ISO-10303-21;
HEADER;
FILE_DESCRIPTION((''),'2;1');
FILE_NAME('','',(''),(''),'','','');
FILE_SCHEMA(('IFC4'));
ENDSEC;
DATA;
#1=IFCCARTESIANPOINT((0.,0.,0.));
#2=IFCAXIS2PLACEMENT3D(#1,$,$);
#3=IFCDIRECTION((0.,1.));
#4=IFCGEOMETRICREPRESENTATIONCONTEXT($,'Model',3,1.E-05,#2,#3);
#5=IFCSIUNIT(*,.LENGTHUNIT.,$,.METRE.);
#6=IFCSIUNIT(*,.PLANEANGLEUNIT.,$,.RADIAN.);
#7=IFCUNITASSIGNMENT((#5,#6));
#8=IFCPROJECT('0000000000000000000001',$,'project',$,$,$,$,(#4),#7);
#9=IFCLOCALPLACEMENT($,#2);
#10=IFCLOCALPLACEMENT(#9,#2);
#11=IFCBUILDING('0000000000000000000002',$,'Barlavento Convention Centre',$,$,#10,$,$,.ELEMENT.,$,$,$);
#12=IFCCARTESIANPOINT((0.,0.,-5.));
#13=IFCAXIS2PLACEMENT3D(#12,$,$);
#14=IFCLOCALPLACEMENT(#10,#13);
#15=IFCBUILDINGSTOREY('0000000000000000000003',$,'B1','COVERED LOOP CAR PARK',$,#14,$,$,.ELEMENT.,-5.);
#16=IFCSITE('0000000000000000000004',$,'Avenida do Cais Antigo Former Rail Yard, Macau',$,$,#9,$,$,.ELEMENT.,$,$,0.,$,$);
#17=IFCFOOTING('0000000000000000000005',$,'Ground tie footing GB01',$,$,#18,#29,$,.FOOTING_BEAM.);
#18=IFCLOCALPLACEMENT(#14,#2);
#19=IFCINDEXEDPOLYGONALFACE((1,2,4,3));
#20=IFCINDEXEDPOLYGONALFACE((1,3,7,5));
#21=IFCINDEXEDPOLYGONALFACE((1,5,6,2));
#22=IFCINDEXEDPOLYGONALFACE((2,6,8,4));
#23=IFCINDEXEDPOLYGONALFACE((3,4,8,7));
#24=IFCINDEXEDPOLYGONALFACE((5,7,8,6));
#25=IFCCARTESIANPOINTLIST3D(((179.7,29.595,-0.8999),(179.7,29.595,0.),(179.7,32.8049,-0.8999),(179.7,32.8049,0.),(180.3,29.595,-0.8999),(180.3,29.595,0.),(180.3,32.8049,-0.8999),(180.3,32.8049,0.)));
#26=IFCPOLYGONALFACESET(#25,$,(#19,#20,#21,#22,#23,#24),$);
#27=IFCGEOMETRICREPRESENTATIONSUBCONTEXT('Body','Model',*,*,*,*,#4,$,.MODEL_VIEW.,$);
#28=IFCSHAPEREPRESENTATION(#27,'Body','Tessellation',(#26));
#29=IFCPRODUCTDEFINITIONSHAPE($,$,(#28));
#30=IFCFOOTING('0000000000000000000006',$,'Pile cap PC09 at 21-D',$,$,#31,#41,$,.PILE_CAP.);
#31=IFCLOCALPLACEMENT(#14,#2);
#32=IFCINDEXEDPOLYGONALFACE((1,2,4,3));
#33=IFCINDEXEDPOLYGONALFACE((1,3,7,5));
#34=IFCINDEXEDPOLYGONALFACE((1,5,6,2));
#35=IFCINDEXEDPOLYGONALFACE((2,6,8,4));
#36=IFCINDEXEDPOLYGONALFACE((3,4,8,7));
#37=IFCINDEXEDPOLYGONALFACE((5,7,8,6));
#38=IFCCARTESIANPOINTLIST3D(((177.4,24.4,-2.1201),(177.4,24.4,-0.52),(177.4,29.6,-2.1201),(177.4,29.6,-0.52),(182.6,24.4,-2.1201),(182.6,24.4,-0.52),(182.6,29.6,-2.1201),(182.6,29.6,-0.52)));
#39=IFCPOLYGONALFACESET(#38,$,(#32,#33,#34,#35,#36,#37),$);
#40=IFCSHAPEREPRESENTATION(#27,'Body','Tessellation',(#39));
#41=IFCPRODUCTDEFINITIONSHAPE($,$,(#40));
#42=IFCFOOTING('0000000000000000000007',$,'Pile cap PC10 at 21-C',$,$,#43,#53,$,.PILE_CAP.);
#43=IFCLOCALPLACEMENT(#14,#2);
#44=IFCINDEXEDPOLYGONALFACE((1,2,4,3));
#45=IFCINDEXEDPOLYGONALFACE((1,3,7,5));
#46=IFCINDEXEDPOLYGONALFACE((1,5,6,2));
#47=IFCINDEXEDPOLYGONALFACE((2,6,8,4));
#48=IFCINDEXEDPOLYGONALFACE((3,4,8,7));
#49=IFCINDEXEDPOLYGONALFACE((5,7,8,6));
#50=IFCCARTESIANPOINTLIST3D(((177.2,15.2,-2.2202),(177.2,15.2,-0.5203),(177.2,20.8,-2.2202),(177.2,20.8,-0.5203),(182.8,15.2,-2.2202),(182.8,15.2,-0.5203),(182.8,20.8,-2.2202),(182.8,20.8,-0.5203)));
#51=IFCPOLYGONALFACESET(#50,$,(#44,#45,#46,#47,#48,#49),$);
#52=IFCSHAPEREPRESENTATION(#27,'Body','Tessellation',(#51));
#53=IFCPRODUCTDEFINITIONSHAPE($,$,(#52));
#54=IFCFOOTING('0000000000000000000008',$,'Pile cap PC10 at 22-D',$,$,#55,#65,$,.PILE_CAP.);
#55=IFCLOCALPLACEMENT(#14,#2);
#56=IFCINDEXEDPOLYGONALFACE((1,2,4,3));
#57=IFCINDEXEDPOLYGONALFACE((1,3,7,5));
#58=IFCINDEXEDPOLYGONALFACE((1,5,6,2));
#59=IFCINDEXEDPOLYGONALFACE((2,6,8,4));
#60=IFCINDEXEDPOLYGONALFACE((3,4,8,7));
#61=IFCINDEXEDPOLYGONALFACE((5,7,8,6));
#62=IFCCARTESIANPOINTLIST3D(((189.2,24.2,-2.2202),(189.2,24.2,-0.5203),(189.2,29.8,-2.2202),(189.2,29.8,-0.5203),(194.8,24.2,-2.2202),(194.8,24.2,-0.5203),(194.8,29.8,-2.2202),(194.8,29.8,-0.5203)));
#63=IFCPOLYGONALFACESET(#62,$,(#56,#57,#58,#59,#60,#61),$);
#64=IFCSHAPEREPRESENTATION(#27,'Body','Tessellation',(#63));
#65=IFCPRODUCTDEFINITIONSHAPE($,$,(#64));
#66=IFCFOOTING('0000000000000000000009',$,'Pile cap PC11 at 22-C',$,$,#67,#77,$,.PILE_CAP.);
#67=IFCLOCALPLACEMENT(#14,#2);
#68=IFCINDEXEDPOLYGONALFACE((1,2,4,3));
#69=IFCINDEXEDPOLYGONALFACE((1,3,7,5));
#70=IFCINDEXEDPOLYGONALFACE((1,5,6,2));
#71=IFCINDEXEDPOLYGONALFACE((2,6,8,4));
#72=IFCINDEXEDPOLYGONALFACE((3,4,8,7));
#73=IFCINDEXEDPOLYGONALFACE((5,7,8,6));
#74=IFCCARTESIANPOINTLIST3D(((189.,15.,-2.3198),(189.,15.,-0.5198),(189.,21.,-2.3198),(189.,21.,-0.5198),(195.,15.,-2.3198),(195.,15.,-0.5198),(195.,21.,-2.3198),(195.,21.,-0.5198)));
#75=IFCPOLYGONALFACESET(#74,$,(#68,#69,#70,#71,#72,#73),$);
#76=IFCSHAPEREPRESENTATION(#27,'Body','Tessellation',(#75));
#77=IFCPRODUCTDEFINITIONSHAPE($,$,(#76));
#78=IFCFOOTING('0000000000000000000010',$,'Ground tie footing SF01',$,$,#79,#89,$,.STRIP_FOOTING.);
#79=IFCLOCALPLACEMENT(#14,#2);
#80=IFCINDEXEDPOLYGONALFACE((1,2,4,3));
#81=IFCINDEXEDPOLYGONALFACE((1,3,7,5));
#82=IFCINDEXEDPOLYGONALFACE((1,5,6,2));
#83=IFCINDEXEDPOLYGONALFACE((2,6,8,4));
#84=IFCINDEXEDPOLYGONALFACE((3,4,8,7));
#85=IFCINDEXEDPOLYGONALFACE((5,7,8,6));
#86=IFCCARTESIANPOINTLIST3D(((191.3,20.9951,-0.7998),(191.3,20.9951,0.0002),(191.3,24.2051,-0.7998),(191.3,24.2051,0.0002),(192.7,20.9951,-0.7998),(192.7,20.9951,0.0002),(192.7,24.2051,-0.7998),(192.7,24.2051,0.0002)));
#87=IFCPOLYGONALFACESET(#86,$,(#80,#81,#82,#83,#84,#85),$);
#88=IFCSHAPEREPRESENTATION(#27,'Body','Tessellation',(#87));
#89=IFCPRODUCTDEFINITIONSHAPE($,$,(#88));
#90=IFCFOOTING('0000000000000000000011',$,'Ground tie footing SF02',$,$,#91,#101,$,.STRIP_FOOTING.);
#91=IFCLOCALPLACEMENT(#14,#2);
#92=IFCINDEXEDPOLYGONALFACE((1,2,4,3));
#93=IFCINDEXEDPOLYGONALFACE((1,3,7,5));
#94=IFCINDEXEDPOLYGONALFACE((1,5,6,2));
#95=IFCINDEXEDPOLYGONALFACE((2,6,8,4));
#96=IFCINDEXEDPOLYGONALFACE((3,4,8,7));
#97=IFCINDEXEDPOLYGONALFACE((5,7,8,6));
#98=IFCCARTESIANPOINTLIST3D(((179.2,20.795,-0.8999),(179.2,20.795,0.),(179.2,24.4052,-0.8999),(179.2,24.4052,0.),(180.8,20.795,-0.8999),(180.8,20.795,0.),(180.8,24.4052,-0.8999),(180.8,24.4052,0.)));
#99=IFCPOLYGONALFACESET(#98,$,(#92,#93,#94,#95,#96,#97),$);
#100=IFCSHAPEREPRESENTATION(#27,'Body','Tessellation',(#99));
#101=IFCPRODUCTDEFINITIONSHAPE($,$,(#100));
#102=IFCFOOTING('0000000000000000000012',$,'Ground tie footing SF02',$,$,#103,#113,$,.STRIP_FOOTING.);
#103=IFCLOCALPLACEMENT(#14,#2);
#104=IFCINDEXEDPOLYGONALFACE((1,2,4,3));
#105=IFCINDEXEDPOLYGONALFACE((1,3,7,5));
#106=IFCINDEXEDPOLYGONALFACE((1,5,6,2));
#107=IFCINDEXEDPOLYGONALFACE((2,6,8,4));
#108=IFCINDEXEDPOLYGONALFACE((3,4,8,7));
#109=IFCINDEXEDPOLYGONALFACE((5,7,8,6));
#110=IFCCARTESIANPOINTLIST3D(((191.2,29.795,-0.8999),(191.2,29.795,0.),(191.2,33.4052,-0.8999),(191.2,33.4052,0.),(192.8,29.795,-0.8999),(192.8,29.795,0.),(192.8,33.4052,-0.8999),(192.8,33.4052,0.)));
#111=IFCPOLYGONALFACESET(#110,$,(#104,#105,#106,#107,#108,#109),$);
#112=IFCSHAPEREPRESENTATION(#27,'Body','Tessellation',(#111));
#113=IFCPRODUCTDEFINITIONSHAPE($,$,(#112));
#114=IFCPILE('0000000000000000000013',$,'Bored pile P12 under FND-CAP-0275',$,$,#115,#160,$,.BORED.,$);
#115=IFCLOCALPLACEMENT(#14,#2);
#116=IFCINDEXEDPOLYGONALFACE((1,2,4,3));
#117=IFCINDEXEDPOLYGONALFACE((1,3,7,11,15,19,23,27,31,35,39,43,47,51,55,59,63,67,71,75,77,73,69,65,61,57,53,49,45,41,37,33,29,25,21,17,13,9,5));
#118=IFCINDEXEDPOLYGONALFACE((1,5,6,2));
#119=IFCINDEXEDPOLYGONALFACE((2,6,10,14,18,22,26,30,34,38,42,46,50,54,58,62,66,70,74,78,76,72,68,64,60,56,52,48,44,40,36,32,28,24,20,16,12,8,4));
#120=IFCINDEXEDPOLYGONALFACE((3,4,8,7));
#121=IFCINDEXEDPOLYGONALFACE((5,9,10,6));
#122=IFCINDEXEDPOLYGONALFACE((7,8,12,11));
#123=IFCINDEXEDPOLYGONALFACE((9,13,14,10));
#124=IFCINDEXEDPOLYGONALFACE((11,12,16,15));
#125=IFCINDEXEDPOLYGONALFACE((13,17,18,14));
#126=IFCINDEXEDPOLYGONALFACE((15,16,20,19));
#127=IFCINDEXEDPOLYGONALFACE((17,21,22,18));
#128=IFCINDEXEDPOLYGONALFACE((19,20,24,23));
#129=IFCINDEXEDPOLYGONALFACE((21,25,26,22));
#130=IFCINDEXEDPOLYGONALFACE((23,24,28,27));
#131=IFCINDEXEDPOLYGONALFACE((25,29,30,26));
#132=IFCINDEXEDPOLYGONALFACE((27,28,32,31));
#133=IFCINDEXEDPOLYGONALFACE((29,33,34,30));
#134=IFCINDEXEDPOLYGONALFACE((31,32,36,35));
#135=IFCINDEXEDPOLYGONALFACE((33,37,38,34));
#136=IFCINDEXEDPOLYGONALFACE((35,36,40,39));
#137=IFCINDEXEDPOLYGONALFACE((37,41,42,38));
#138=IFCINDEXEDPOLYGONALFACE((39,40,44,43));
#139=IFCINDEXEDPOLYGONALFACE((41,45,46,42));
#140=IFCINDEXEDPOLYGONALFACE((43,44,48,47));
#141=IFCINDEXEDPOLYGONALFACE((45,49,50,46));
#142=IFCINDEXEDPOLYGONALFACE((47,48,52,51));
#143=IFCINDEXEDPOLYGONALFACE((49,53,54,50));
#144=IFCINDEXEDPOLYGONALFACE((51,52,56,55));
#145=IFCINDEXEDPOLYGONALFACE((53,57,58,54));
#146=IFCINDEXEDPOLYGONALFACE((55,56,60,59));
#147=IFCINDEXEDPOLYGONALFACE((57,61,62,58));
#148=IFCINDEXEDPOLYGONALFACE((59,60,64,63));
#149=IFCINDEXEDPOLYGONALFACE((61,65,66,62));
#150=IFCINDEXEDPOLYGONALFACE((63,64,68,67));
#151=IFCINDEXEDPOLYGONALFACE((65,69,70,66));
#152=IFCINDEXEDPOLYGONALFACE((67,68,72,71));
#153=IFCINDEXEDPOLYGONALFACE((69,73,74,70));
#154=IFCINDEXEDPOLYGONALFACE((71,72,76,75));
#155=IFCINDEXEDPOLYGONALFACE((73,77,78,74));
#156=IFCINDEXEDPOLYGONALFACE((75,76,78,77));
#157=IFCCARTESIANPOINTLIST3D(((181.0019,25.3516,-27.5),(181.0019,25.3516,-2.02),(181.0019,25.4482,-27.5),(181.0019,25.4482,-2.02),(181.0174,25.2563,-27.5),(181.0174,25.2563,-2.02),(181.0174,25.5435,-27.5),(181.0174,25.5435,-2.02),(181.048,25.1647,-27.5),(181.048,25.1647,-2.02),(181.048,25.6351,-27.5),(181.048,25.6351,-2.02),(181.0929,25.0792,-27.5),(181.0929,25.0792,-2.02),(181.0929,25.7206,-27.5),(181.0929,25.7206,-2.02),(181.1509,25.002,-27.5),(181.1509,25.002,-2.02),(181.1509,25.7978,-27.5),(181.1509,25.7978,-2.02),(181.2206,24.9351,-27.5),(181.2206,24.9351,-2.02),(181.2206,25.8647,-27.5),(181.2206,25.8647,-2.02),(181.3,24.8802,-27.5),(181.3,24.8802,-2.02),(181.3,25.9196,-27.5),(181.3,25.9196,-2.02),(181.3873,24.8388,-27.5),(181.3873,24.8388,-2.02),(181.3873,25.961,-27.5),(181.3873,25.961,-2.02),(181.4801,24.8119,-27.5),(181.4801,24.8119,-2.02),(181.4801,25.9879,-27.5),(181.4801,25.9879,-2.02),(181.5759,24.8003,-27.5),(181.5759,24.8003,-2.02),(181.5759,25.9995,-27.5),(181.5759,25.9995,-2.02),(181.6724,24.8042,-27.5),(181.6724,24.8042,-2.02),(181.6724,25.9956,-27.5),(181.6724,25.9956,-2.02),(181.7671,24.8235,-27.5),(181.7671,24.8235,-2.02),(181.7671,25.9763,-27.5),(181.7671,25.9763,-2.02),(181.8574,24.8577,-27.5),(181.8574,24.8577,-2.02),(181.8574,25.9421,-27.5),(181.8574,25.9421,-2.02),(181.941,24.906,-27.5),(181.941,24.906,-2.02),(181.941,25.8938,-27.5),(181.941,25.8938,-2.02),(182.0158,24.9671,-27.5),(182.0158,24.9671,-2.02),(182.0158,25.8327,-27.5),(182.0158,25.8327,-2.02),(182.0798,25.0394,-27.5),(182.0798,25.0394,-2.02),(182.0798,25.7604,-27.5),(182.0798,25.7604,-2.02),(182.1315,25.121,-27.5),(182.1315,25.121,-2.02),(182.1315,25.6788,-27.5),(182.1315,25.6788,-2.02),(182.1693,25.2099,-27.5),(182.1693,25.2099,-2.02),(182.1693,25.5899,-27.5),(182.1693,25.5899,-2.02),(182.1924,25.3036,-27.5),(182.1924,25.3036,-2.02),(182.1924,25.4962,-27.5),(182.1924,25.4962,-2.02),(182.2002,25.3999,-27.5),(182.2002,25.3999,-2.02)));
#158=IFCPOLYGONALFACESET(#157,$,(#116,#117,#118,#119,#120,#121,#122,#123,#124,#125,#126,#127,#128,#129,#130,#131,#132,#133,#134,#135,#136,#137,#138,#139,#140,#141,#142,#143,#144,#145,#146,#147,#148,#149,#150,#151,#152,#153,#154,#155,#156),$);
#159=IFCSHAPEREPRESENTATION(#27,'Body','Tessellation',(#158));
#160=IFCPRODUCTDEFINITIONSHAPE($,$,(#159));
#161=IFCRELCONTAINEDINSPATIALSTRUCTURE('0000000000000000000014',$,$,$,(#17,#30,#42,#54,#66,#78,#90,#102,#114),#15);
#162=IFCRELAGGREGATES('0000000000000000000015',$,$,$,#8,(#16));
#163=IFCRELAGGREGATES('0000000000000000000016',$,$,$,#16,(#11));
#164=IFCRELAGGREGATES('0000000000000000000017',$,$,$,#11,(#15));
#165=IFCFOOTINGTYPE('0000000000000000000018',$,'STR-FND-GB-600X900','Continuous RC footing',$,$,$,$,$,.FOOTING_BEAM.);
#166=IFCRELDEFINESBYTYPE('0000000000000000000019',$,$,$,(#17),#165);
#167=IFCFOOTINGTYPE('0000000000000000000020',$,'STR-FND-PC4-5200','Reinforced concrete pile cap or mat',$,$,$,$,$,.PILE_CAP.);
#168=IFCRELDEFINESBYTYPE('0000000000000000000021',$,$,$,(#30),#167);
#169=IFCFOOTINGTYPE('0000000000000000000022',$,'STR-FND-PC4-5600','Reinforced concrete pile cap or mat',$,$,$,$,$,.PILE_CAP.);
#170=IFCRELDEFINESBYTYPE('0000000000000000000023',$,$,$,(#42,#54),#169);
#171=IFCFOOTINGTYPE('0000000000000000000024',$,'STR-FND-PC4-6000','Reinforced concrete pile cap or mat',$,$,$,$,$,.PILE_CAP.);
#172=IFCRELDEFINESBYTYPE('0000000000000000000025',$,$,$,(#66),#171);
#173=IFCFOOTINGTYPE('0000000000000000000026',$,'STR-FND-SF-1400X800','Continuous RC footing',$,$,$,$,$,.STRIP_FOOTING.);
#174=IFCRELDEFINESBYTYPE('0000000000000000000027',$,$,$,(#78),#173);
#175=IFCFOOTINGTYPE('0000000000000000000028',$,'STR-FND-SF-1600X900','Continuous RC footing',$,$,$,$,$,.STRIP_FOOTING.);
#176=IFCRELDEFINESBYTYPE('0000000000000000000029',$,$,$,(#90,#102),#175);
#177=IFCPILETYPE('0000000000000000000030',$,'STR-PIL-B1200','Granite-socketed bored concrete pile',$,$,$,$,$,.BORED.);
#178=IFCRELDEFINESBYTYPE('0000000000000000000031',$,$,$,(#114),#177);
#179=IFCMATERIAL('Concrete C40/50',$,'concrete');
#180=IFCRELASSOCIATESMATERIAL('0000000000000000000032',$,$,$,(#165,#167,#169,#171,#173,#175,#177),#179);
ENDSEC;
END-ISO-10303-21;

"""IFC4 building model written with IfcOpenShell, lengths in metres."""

from ifc_helpers import new_model, si_unit, direction, frame, origin, origin_2d, place, context, subcontext, project, spatial, rectangle, circle, extrude, material, material_profile, profile_set, type_object, element, save


model = new_model("IFC4")

# Units and contexts
model_context = context("Model", 3, precision=1e-05, world=origin(), true_north=direction((0.0, 1.0)))
body_context = subcontext(model_context, "Body", "Model", "MODEL_VIEW")
ifc_project = project(units=[si_unit("LENGTHUNIT", "METRE"), si_unit("PLANEANGLEUNIT", "RADIAN")], contexts=[model_context])

# Site, building, storey
site_placement = place(None, origin())
site = spatial("IfcSite", under=ifc_project, at=site_placement, Name="Avenida do Cais Antigo Former Rail Yard, Macau", CompositionType="ELEMENT", RefElevation=0.0)
building_placement = place(site_placement, origin())
building = spatial("IfcBuilding", under=site, at=building_placement, Name="Barlavento Convention Centre", CompositionType="ELEMENT")
storey_placement = place(building_placement, frame((0.0, 0.0, -5.0)))
storey = spatial("IfcBuildingStorey", under=building, at=storey_placement, Name="B1", Description="COVERED LOOP CAR PARK", CompositionType="ELEMENT", Elevation=-5.0)

# Footings
ifc_material_1 = material(Name="Concrete C40/50", Category="concrete")
footing_type_1 = type_object("IfcFootingType", Name="STR-FND-GB-600X900", Description="Continuous RC footing", PredefinedType="FOOTING_BEAM", material=ifc_material_1)
footing_1_placement = place(storey_placement, frame((180.0, 31.2, -0.8999), z_axis=(0.0, 0.0, 1.0), x_axis=(1.0, 0.0, 0.0)))
element("IfcFooting", 1, at=footing_1_placement, inside=storey, type_object=footing_type_1, Name="Ground tie footing GB01", PredefinedType="FOOTING_BEAM", context=body_context, shape_type="SweptSolid", body=[
    extrude(rectangle(XDim=0.6001, YDim=3.21, at=origin_2d()), origin(), (0.0, 0.0, 1.0), 0.8999),
])
footing_type_2 = type_object("IfcFootingType", Name="STR-FND-PC4-5200", Description="Reinforced concrete pile cap or mat", PredefinedType="PILE_CAP", material=ifc_material_1)
footing_2_placement = place(storey_placement, frame((180.0, 27.0, -2.1201), z_axis=(0.0, 0.0, 1.0), x_axis=(1.0, 0.0, 0.0)))
element("IfcFooting", 2, at=footing_2_placement, inside=storey, type_object=footing_type_2, Name="Pile cap PC09 at 21-D", PredefinedType="PILE_CAP", context=body_context, shape_type="SweptSolid", body=[
    extrude(rectangle(XDim=5.2, YDim=5.2, at=origin_2d()), origin(), (0.0, 0.0, 1.0), 1.6001),
])
footing_type_3 = type_object("IfcFootingType", Name="STR-FND-PC4-5600", Description="Reinforced concrete pile cap or mat", PredefinedType="PILE_CAP", material=ifc_material_1)
for number, where, z_axis, x_axis, name in (
    (3, (180.0, 18.0, -2.2202), (0.0, 0.0, 1.0), (1.0, 0.0, 0.0), "Pile cap PC10 at 21-C"),
    (4, (192.0, 27.0, -2.2202), (0.0, 0.0, 1.0), (1.0, 0.0, 0.0), "Pile cap PC10 at 22-D"),
):
    element("IfcFooting", number, at=place(storey_placement, frame(where, z_axis=z_axis, x_axis=x_axis)), inside=storey, type_object=footing_type_3, Name=name, PredefinedType="PILE_CAP", context=body_context, shape_type="SweptSolid", body=[
        extrude(rectangle(XDim=5.6001, YDim=5.6001, at=origin_2d()), origin(), (0.0, 0.0, 1.0), 1.7),
    ])
footing_type_4 = type_object("IfcFootingType", Name="STR-FND-PC4-6000", Description="Reinforced concrete pile cap or mat", PredefinedType="PILE_CAP", material=ifc_material_1)
footing_3_placement = place(storey_placement, frame((192.0, 18.0, -2.3198), z_axis=(0.0, 0.0, 1.0), x_axis=(1.0, 0.0, 0.0)))
element("IfcFooting", 5, at=footing_3_placement, inside=storey, type_object=footing_type_4, Name="Pile cap PC11 at 22-C", PredefinedType="PILE_CAP", context=body_context, shape_type="SweptSolid", body=[
    extrude(rectangle(XDim=6.0, YDim=6.0, at=origin_2d()), origin(), (0.0, 0.0, 1.0), 1.8),
])
footing_type_5 = type_object("IfcFootingType", Name="STR-FND-SF-1400X800", Description="Continuous RC footing", PredefinedType="STRIP_FOOTING", material=ifc_material_1)
footing_4_placement = place(storey_placement, frame((192.0, 22.6001, -0.7998), z_axis=(0.0, 0.0, 1.0), x_axis=(1.0, 0.0, 0.0)))
element("IfcFooting", 6, at=footing_4_placement, inside=storey, type_object=footing_type_5, Name="Ground tie footing SF01", PredefinedType="STRIP_FOOTING", context=body_context, shape_type="SweptSolid", body=[
    extrude(rectangle(XDim=1.3999, YDim=3.21, at=origin_2d()), origin(), (0.0, 0.0, 1.0), 0.8),
])
footing_type_6 = type_object("IfcFootingType", Name="STR-FND-SF-1600X900", Description="Continuous RC footing", PredefinedType="STRIP_FOOTING", material=ifc_material_1)
for number, where, z_axis, x_axis, name in (
    (7, (180.0, 22.6001, -0.8999), (0.0, 0.0, 1.0), (1.0, 0.0, 0.0), "Ground tie footing SF02"),
    (8, (192.0, 31.6001, -0.8999), (0.0, 0.0, 1.0), (1.0, 0.0, 0.0), "Ground tie footing SF02"),
):
    element("IfcFooting", number, at=place(storey_placement, frame(where, z_axis=z_axis, x_axis=x_axis)), inside=storey, type_object=footing_type_6, Name=name, PredefinedType="STRIP_FOOTING", context=body_context, shape_type="SweptSolid", body=[
        extrude(rectangle(XDim=1.6001, YDim=3.6101, at=origin_2d()), origin(), (0.0, 0.0, 1.0), 0.8999),
    ])

# Pile
ifc_material_profile_1 = material_profile(ifc_material_1, circle(Radius=0.6001, at=origin_2d()), Name="BORED PILE 1200")
ifc_profile_set_1 = profile_set([ifc_material_profile_1], Name="Concrete C40/50")
pile_type_1 = type_object("IfcPileType", Name="STR-PIL-B1200", Description="Granite-socketed bored concrete pile", PredefinedType="BORED", material=ifc_profile_set_1)
for number, where, z_axis, x_axis, name in (
    (9, (181.6001, 25.3999, -2.02), (0.0, 0.0, -1.0), (1.0, 0.0, 0.0), "Bored pile P12 under FND-CAP-0275"),
):
    element("IfcPile", number, at=place(storey_placement, frame(where, z_axis=z_axis, x_axis=x_axis)), inside=storey, type_object=pile_type_1, Name=name, PredefinedType="BORED", context=body_context, shape_type="SweptSolid", body=[
        extrude(circle(Radius=0.6001, at=origin_2d()), origin(), (0.0, 0.0, 1.0), 25.48),
    ])

save(model, "model.ifc")
